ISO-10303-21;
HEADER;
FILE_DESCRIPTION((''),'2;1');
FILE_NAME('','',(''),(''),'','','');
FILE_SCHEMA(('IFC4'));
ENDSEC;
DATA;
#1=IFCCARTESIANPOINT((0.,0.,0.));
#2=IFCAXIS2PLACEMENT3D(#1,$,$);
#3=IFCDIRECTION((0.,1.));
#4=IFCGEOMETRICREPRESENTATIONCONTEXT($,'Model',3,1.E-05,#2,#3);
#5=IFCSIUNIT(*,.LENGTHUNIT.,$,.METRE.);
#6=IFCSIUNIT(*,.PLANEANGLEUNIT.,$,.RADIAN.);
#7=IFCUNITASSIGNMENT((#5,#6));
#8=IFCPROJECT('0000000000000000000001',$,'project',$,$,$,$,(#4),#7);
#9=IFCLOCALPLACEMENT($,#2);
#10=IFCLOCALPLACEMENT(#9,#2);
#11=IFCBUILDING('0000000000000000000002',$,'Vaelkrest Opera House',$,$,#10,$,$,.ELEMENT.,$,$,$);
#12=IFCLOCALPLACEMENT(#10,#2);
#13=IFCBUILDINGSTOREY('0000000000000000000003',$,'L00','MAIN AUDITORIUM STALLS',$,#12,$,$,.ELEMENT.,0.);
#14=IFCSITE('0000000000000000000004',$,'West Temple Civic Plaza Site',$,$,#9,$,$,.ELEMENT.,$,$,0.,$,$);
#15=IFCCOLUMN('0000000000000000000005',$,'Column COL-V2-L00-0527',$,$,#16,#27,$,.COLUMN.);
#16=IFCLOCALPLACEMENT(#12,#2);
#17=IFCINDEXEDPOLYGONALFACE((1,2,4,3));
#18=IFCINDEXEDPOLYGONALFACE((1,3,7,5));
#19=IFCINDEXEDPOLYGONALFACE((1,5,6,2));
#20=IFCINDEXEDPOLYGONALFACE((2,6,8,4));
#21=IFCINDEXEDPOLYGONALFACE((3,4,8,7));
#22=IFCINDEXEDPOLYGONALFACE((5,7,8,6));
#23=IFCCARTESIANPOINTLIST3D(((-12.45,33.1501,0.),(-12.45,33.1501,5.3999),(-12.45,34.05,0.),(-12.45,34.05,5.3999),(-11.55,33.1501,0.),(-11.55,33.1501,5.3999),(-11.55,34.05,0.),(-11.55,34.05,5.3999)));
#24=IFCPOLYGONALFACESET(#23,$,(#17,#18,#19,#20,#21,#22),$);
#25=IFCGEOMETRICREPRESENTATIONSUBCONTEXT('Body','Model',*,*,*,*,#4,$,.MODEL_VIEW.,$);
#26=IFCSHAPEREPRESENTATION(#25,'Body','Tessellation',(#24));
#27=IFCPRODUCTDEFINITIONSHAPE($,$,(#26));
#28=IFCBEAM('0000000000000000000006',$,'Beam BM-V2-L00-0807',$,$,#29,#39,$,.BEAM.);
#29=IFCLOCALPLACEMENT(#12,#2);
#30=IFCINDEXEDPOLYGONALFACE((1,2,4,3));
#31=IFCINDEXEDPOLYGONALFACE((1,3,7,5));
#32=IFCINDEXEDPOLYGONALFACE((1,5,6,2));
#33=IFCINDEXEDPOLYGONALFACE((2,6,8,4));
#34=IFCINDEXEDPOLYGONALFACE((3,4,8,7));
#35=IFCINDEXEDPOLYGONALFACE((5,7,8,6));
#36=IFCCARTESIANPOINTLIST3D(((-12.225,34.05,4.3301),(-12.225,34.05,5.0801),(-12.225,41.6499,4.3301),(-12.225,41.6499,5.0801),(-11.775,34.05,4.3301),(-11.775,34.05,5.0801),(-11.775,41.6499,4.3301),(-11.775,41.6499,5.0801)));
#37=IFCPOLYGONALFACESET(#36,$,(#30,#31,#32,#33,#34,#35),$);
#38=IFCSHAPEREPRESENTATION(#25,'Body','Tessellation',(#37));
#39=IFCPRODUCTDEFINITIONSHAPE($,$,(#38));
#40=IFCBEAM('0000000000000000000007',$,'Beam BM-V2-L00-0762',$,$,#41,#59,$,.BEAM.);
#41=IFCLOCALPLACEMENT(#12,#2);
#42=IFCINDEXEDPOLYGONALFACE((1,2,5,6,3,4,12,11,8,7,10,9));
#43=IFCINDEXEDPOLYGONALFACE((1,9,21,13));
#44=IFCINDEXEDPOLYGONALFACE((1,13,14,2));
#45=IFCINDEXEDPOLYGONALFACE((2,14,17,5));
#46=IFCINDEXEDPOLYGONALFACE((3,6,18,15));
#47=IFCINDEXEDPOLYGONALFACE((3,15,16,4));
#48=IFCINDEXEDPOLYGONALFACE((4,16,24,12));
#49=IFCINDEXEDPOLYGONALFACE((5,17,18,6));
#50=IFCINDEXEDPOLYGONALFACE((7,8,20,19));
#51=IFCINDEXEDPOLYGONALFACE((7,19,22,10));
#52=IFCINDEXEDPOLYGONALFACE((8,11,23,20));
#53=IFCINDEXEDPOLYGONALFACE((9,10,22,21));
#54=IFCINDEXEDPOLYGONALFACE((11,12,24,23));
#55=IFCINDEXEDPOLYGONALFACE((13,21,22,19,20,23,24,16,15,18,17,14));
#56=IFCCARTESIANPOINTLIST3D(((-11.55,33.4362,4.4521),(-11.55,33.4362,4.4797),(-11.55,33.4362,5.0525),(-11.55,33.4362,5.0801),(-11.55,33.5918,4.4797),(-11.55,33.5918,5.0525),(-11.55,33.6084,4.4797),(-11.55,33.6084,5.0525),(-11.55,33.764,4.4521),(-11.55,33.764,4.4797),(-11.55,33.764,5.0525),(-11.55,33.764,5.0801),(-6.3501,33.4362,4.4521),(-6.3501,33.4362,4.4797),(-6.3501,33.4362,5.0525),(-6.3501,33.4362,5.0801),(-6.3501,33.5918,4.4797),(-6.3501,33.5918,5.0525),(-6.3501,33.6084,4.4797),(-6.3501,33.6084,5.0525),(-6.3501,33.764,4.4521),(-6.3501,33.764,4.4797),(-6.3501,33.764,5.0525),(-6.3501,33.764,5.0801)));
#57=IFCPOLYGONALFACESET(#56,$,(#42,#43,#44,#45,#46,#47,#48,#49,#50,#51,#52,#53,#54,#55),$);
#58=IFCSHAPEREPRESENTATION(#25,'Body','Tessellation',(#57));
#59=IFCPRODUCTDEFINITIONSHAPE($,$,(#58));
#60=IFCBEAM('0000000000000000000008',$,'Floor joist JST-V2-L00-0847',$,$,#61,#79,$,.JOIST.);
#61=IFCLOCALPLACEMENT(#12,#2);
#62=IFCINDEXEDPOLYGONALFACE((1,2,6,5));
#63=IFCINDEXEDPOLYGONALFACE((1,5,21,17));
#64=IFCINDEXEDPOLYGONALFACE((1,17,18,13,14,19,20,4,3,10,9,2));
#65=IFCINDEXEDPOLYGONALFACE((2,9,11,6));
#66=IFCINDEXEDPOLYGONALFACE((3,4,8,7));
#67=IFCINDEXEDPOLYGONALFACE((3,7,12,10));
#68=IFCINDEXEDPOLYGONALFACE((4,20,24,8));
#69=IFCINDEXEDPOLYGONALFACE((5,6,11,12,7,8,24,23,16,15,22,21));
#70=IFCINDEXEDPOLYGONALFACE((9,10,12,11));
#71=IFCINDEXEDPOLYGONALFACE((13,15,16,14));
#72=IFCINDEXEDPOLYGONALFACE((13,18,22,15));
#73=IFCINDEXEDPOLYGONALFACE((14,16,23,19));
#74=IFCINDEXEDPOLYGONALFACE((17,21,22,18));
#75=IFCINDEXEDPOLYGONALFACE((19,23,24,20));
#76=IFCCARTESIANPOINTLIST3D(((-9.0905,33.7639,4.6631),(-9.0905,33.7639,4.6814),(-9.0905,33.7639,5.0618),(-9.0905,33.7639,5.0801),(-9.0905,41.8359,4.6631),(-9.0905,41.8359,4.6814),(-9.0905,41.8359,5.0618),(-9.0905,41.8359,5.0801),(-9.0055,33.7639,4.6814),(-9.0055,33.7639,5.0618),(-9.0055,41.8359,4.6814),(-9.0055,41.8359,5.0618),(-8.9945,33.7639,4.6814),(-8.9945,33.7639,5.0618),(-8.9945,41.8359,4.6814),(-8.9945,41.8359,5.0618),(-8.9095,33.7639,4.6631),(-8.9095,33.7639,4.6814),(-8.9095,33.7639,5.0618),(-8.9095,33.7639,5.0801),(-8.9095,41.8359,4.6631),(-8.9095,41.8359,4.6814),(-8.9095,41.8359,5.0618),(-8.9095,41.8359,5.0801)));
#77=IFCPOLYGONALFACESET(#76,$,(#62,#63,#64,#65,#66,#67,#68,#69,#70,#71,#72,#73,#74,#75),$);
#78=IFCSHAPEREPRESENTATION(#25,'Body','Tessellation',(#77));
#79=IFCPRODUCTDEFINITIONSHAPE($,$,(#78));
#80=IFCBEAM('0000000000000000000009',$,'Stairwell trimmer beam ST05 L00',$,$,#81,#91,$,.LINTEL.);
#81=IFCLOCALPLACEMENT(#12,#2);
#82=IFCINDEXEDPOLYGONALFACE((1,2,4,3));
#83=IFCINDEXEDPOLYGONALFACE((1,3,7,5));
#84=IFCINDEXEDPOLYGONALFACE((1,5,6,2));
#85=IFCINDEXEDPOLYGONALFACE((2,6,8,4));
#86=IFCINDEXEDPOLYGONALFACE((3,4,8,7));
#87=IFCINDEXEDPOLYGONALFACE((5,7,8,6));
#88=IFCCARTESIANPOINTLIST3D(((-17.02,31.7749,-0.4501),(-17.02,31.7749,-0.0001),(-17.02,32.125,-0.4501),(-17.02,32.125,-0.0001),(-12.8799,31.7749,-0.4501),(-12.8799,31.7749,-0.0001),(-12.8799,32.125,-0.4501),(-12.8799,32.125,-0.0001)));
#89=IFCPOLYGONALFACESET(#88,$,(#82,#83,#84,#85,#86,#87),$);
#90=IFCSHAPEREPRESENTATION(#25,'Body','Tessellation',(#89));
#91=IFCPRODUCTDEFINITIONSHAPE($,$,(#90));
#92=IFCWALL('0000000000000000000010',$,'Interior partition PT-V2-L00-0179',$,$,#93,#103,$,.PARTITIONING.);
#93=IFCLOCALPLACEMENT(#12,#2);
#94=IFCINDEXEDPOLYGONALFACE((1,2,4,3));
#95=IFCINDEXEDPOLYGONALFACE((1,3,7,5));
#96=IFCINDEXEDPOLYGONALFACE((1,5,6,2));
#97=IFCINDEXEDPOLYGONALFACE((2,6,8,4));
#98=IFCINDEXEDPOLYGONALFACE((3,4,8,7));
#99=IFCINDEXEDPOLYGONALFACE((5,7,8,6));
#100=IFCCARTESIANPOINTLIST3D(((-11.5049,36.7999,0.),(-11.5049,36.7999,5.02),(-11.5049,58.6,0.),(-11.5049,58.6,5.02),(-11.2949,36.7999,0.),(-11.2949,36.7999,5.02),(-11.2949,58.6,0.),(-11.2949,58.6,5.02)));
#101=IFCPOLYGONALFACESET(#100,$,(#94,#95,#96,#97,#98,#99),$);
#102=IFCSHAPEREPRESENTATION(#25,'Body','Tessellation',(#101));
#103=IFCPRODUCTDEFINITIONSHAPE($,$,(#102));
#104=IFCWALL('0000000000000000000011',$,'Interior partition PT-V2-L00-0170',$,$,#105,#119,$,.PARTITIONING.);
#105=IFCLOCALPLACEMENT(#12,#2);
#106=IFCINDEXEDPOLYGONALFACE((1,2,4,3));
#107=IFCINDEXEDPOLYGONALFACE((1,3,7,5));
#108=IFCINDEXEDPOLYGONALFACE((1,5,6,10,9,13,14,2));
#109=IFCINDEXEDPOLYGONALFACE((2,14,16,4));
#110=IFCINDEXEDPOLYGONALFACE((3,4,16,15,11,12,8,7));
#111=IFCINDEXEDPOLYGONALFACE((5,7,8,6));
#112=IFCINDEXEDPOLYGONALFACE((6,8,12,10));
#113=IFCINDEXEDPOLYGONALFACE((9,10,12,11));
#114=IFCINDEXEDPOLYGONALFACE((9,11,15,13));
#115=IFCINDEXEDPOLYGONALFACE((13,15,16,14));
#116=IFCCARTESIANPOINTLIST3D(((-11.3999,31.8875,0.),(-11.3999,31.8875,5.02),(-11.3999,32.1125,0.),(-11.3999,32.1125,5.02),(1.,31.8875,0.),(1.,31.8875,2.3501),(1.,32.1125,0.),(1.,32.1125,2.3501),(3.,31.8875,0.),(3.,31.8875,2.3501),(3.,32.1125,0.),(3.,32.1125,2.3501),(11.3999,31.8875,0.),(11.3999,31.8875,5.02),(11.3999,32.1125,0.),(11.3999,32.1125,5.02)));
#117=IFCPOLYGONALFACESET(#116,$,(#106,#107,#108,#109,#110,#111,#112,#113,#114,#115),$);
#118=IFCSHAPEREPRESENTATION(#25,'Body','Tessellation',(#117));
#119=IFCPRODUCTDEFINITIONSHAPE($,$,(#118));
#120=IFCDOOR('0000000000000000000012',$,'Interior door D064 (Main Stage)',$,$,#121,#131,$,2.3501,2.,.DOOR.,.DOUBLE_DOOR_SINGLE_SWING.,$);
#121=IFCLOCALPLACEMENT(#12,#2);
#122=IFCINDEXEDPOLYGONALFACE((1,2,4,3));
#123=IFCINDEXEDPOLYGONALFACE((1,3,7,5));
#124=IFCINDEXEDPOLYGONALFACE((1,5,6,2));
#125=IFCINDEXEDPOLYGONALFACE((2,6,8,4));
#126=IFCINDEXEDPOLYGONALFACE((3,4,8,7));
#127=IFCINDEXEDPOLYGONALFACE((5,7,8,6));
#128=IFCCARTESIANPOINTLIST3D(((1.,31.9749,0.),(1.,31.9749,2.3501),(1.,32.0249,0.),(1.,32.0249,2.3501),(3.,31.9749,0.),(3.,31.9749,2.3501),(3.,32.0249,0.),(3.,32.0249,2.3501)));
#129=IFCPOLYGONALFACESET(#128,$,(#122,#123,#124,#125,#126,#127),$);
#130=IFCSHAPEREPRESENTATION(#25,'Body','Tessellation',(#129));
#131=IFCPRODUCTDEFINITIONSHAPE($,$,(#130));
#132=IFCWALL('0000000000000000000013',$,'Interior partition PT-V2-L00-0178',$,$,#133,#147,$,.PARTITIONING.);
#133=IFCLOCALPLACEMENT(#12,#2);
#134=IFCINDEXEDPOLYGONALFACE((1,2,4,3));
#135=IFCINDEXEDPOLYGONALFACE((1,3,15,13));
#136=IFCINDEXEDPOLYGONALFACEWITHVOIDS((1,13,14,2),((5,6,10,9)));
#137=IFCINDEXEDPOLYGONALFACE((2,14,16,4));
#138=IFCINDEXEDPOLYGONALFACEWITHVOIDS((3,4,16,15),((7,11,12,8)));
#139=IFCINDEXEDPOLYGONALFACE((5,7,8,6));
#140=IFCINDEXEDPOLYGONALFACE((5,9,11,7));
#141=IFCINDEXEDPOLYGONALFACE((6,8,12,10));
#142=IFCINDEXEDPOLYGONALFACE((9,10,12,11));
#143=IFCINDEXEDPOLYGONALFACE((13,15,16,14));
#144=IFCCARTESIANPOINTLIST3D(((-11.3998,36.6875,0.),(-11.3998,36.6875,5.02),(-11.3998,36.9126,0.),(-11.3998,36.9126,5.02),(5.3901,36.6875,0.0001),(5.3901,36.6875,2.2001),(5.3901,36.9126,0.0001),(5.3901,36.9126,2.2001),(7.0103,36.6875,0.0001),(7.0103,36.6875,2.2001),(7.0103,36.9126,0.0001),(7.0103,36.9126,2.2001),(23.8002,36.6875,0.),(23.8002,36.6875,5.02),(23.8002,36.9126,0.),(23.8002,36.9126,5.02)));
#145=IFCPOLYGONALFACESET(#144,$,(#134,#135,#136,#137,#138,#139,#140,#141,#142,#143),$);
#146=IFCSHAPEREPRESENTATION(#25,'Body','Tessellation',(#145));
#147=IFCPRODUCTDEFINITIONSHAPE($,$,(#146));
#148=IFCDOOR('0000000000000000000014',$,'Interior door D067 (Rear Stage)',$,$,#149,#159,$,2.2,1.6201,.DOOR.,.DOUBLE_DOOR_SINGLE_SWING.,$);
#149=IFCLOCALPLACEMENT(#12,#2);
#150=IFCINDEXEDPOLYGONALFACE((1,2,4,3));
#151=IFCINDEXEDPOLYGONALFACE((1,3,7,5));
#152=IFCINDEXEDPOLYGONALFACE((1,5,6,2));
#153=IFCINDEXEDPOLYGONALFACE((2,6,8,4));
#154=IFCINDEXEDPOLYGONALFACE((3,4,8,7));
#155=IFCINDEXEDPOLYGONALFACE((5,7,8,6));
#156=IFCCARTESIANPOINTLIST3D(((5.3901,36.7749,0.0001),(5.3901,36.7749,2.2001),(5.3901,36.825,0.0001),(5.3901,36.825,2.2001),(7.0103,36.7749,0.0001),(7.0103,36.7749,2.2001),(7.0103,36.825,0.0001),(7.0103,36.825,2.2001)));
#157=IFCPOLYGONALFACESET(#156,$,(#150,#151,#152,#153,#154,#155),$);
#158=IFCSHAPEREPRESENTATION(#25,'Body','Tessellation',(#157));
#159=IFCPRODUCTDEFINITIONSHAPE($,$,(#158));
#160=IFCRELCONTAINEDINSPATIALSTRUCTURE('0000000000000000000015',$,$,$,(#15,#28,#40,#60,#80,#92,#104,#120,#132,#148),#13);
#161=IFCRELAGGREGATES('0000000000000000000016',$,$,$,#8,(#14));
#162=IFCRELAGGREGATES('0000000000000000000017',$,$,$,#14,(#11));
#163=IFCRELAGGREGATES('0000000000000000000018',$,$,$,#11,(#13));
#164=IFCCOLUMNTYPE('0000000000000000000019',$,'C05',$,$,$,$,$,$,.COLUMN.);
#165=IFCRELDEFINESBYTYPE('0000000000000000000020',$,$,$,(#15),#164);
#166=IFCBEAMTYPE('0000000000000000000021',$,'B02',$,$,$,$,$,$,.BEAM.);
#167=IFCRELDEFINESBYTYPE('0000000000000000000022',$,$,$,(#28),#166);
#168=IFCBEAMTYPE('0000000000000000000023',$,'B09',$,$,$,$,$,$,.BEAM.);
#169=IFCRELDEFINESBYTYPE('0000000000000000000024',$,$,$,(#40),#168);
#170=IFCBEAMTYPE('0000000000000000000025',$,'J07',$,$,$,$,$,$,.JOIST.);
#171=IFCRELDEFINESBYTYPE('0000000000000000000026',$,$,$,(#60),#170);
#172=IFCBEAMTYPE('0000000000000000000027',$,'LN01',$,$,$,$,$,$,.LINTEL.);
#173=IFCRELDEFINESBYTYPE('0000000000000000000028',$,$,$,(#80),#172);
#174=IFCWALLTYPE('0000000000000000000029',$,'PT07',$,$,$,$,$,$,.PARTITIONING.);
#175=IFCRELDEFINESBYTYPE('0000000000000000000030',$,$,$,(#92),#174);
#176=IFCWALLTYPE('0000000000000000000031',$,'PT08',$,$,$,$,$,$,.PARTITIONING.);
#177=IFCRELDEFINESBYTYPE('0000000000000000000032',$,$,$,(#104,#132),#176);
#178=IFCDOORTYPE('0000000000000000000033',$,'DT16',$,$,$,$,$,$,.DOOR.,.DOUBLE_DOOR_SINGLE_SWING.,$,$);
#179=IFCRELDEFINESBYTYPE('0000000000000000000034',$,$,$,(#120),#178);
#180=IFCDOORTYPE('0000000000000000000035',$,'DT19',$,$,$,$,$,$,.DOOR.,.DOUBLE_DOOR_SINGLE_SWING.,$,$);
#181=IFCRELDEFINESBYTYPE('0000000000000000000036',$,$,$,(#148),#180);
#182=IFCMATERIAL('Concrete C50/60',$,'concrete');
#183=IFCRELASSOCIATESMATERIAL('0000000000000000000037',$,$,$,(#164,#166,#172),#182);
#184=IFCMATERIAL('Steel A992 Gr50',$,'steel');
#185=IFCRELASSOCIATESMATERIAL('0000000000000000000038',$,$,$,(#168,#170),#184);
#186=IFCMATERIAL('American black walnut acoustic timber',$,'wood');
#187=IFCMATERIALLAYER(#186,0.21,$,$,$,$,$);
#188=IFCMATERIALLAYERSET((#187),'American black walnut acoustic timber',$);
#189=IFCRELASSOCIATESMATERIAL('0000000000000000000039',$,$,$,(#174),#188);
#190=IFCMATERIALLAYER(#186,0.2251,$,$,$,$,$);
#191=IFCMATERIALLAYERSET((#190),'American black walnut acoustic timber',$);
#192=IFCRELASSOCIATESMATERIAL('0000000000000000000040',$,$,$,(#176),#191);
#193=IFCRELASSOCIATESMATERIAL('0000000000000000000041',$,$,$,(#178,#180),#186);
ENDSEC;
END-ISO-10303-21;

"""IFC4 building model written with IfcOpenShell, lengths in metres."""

from ifc_helpers import new_model, si_unit, direction, frame, frame_2d, origin, origin_2d, place, context, subcontext, project, spatial, rectangle, i_section, extrude, material, layer, layer_set, material_profile, profile_set, type_object, element, fill, save


model = new_model("IFC4")

# Units and contexts
model_context = context("Model", 3, precision=1e-05, world=origin(), true_north=direction((0.0, 1.0)))
body_context = subcontext(model_context, "Body", "Model", "MODEL_VIEW")
ifc_project = project(units=[si_unit("LENGTHUNIT", "METRE"), si_unit("PLANEANGLEUNIT", "RADIAN")], contexts=[model_context])

# Site, building, storey
site_placement = place(None, origin())
site = spatial("IfcSite", under=ifc_project, at=site_placement, Name="West Temple Civic Plaza Site", CompositionType="ELEMENT", RefElevation=0.0)
building_placement = place(site_placement, origin())
building = spatial("IfcBuilding", under=site, at=building_placement, Name="Vaelkrest Opera House", CompositionType="ELEMENT")
storey_placement = place(building_placement, origin())
storey = spatial("IfcBuildingStorey", under=building, at=storey_placement, Name="L00", Description="MAIN AUDITORIUM STALLS", CompositionType="ELEMENT", Elevation=0.0)

# Column
ifc_material_1 = material(Name="Concrete C50/60", Category="concrete")
ifc_material_profile_1 = material_profile(ifc_material_1, rectangle(XDim=0.8999, YDim=0.8999, at=origin_2d()), Name="RC900X900")
ifc_profile_set_1 = profile_set([ifc_material_profile_1], Name="Concrete C50/60")
column_type = type_object("IfcColumnType", Name="C05", PredefinedType="COLUMN", material=ifc_profile_set_1)
column_placement = place(storey_placement, frame((-12.0, 33.6001, 0.0), z_axis=(0.0, 0.0, 1.0), x_axis=(1.0, 0.0, 0.0)))
element("IfcColumn", 1, at=column_placement, inside=storey, type_object=column_type, Name="Column COL-V2-L00-0527", PredefinedType="COLUMN", context=body_context, shape_type="SweptSolid", body=[
    extrude(rectangle(XDim=0.8999, YDim=0.8999, at=origin_2d()), origin(), (0.0, 0.0, 1.0), 5.3999),
])

# Beams
ifc_material_profile_2 = material_profile(ifc_material_1, rectangle(XDim=0.45, YDim=0.75, at=origin_2d()), Name="RCB450X750")
ifc_profile_set_2 = profile_set([ifc_material_profile_2], Name="Concrete C50/60")
beam_type_1 = type_object("IfcBeamType", Name="B02", PredefinedType="BEAM", material=ifc_profile_set_2)
beam_1_placement = place(storey_placement, frame((-12.0, 34.05, 4.7051), z_axis=(0.0, 1.0, 0.0), x_axis=(-1.0, 0.0, 0.0)))
element("IfcBeam", 2, at=beam_1_placement, inside=storey, type_object=beam_type_1, Name="Beam BM-V2-L00-0807", PredefinedType="BEAM", context=body_context, shape_type="SweptSolid", body=[
    extrude(rectangle(XDim=0.45, YDim=0.75, at=origin_2d()), origin(), (0.0, 0.0, 1.0), 7.5999),
])
ifc_material_2 = material(Name="Steel A992 Gr50", Category="steel")
ifc_material_profile_3 = material_profile(ifc_material_2, i_section(OverallWidth=0.3279, OverallDepth=0.6279, WebThickness=0.0166, FlangeThickness=0.0276, at=origin_2d()), Name="W24X146")
ifc_profile_set_3 = profile_set([ifc_material_profile_3], Name="Steel A992 Gr50")
beam_type_2 = type_object("IfcBeamType", Name="B09", PredefinedType="BEAM", material=ifc_profile_set_3)
beam_2_placement = place(storey_placement, frame((-11.55, 33.6001, 4.7661), z_axis=(1.0, 0.0, 0.0), x_axis=(0.0, 1.0, 0.0)))
element("IfcBeam", 3, at=beam_2_placement, inside=storey, type_object=beam_type_2, Name="Beam BM-V2-L00-0762", PredefinedType="BEAM", context=body_context, shape_type="SweptSolid", body=[
    extrude(i_section(OverallWidth=0.3279, OverallDepth=0.6279, WebThickness=0.0166, FlangeThickness=0.0276, at=origin_2d()), origin(), (0.0, 0.0, 1.0), 5.2),
])
ifc_material_profile_4 = material_profile(ifc_material_2, i_section(OverallWidth=0.1809, OverallDepth=0.417, WebThickness=0.011, FlangeThickness=0.0183, at=origin_2d()), Name="W16X57")
ifc_profile_set_4 = profile_set([ifc_material_profile_4], Name="Steel A992 Gr50")
beam_type_3 = type_object("IfcBeamType", Name="J07", PredefinedType="JOIST", material=ifc_profile_set_4)
beam_3_placement = place(storey_placement, frame((-9.0, 33.7639, 4.8716), z_axis=(0.0, 1.0, 0.0), x_axis=(-1.0, 0.0, 0.0)))
element("IfcBeam", 4, at=beam_3_placement, inside=storey, type_object=beam_type_3, Name="Floor joist JST-V2-L00-0847", PredefinedType="JOIST", context=body_context, shape_type="SweptSolid", body=[
    extrude(i_section(OverallWidth=0.1809, OverallDepth=0.417, WebThickness=0.011, FlangeThickness=0.0183, at=origin_2d()), origin(), (0.0, 0.0, 1.0), 8.072),
])
ifc_material_profile_5 = material_profile(ifc_material_1, rectangle(XDim=0.3501, YDim=0.45, at=origin_2d()), Name="RCB350X450")
ifc_profile_set_5 = profile_set([ifc_material_profile_5], Name="Concrete C50/60")
beam_type_4 = type_object("IfcBeamType", Name="LN01", PredefinedType="LINTEL", material=ifc_profile_set_5)
beam_4_placement = place(storey_placement, frame((-17.02, 31.95, -0.2251), z_axis=(1.0, 0.0, 0.0), x_axis=(0.0, 1.0, 0.0)))
element("IfcBeam", 5, at=beam_4_placement, inside=storey, type_object=beam_type_4, Name="Stairwell trimmer beam ST05 L00", PredefinedType="LINTEL", context=body_context, shape_type="SweptSolid", body=[
    extrude(rectangle(XDim=0.3501, YDim=0.45, at=origin_2d()), origin(), (0.0, 0.0, 1.0), 4.1401),
])

# Wall
ifc_material_3 = material(Name="American black walnut acoustic timber", Category="wood")
ifc_layer_1 = layer(ifc_material_3, 0.21)
ifc_layer_set_1 = layer_set([ifc_layer_1], Name="American black walnut acoustic timber")
wall_type_1 = type_object("IfcWallType", Name="PT07", PredefinedType="PARTITIONING", material=ifc_layer_set_1)
wall_1_placement = place(storey_placement, frame((-11.3999, 36.8, 0.0), z_axis=(0.0, 0.0, 1.0), x_axis=(0.0, 1.0, 0.0)))
element("IfcWall", 6, at=wall_1_placement, inside=storey, type_object=wall_type_1, Name="Interior partition PT-V2-L00-0179", PredefinedType="PARTITIONING", context=body_context, shape_type="SweptSolid", body=[
    extrude(rectangle(XDim=21.8, YDim=0.21, at=frame_2d((10.8999, 0.0))), origin(), (0.0, 0.0, 1.0), 5.02),
])

# Walls, openings, doors
ifc_layer_2 = layer(ifc_material_3, 0.2251)
ifc_layer_set_2 = layer_set([ifc_layer_2], Name="American black walnut acoustic timber")
wall_type_2 = type_object("IfcWallType", Name="PT08", PredefinedType="PARTITIONING", material=ifc_layer_set_2)
wall_2_placement = place(storey_placement, frame((-11.3999, 32.0, 0.0), z_axis=(0.0, 0.0, 1.0), x_axis=(1.0, 0.0, 0.0)))
wall_2 = element("IfcWall", 7, at=wall_2_placement, inside=storey, type_object=wall_type_2, Name="Interior partition PT-V2-L00-0170", PredefinedType="PARTITIONING", context=body_context, shape_type="SweptSolid", body=[
    extrude(rectangle(XDim=22.7998, YDim=0.2251, at=frame_2d((11.3999, 0.0))), origin(), (0.0, 0.0, 1.0), 5.02),
])
opening_1_placement = place(wall_2_placement, frame((12.3999, 0.0, 0.0)))
opening_1 = element("IfcOpeningElement", 8, at=opening_1_placement, cuts=wall_2, PredefinedType="OPENING", context=body_context, shape_type="SweptSolid", body=[
    extrude(rectangle(XDim=2.0, YDim=2.3501, at=frame_2d((1.0, 1.175))), frame((0.0, 0.1226, 0.0), z_axis=(0.0, -1.0, 0.0), x_axis=(1.0, 0.0, 0.0)), (0.0, 0.0, 1.0), 0.2451),
])
door_type_1 = type_object("IfcDoorType", Name="DT16", OperationType="DOUBLE_DOOR_SINGLE_SWING", PredefinedType="DOOR", material=ifc_material_3)
door_1_placement = place(opening_1_placement, origin())
door_1 = element("IfcDoor", 9, at=door_1_placement, inside=storey, type_object=door_type_1, Name="Interior door D064 (Main Stage)", OperationType="DOUBLE_DOOR_SINGLE_SWING", OverallHeight=2.3501, OverallWidth=2.0, PredefinedType="DOOR", context=body_context, shape_type="SweptSolid", body=[
    extrude(rectangle(XDim=2.0, YDim=2.3501, at=frame_2d((1.0, 1.175))), frame((0.0, 0.0249, 0.0), z_axis=(0.0, -1.0, 0.0), x_axis=(1.0, 0.0, 0.0)), (0.0, 0.0, 1.0), 0.05),
])
fill(opening_1, door_1)
wall_3_placement = place(storey_placement, frame((-11.3999, 36.8, 0.0), z_axis=(0.0, 0.0, 1.0), x_axis=(1.0, 0.0, 0.0)))
wall_3 = element("IfcWall", 10, at=wall_3_placement, inside=storey, type_object=wall_type_2, Name="Interior partition PT-V2-L00-0178", PredefinedType="PARTITIONING", context=body_context, shape_type="SweptSolid", body=[
    extrude(rectangle(XDim=35.2, YDim=0.2251, at=frame_2d((17.6001, 0.0))), origin(), (0.0, 0.0, 1.0), 5.02),
])
opening_2_placement = place(wall_3_placement, frame((16.79, 0.0, 0.0)))
opening_2 = element("IfcOpeningElement", 11, at=opening_2_placement, cuts=wall_3, PredefinedType="OPENING", context=body_context, shape_type="SweptSolid", body=[
    extrude(rectangle(XDim=1.6201, YDim=2.2, at=frame_2d((0.8101, 1.1001))), frame((0.0, 0.1226, 0.0), z_axis=(0.0, -1.0, 0.0), x_axis=(1.0, 0.0, 0.0)), (0.0, 0.0, 1.0), 0.2451),
])
door_type_2 = type_object("IfcDoorType", Name="DT19", OperationType="DOUBLE_DOOR_SINGLE_SWING", PredefinedType="DOOR", material=ifc_material_3)
door_2_placement = place(opening_2_placement, origin())
door_2 = element("IfcDoor", 12, at=door_2_placement, inside=storey, type_object=door_type_2, Name="Interior door D067 (Rear Stage)", OperationType="DOUBLE_DOOR_SINGLE_SWING", OverallHeight=2.2, OverallWidth=1.6201, PredefinedType="DOOR", context=body_context, shape_type="SweptSolid", body=[
    extrude(rectangle(XDim=1.6201, YDim=2.2, at=frame_2d((0.8101, 1.1001))), frame((0.0, 0.0249, 0.0), z_axis=(0.0, -1.0, 0.0), x_axis=(1.0, 0.0, 0.0)), (0.0, 0.0, 1.0), 0.05),
])
fill(opening_2, door_2)

save(model, "model.ifc")
